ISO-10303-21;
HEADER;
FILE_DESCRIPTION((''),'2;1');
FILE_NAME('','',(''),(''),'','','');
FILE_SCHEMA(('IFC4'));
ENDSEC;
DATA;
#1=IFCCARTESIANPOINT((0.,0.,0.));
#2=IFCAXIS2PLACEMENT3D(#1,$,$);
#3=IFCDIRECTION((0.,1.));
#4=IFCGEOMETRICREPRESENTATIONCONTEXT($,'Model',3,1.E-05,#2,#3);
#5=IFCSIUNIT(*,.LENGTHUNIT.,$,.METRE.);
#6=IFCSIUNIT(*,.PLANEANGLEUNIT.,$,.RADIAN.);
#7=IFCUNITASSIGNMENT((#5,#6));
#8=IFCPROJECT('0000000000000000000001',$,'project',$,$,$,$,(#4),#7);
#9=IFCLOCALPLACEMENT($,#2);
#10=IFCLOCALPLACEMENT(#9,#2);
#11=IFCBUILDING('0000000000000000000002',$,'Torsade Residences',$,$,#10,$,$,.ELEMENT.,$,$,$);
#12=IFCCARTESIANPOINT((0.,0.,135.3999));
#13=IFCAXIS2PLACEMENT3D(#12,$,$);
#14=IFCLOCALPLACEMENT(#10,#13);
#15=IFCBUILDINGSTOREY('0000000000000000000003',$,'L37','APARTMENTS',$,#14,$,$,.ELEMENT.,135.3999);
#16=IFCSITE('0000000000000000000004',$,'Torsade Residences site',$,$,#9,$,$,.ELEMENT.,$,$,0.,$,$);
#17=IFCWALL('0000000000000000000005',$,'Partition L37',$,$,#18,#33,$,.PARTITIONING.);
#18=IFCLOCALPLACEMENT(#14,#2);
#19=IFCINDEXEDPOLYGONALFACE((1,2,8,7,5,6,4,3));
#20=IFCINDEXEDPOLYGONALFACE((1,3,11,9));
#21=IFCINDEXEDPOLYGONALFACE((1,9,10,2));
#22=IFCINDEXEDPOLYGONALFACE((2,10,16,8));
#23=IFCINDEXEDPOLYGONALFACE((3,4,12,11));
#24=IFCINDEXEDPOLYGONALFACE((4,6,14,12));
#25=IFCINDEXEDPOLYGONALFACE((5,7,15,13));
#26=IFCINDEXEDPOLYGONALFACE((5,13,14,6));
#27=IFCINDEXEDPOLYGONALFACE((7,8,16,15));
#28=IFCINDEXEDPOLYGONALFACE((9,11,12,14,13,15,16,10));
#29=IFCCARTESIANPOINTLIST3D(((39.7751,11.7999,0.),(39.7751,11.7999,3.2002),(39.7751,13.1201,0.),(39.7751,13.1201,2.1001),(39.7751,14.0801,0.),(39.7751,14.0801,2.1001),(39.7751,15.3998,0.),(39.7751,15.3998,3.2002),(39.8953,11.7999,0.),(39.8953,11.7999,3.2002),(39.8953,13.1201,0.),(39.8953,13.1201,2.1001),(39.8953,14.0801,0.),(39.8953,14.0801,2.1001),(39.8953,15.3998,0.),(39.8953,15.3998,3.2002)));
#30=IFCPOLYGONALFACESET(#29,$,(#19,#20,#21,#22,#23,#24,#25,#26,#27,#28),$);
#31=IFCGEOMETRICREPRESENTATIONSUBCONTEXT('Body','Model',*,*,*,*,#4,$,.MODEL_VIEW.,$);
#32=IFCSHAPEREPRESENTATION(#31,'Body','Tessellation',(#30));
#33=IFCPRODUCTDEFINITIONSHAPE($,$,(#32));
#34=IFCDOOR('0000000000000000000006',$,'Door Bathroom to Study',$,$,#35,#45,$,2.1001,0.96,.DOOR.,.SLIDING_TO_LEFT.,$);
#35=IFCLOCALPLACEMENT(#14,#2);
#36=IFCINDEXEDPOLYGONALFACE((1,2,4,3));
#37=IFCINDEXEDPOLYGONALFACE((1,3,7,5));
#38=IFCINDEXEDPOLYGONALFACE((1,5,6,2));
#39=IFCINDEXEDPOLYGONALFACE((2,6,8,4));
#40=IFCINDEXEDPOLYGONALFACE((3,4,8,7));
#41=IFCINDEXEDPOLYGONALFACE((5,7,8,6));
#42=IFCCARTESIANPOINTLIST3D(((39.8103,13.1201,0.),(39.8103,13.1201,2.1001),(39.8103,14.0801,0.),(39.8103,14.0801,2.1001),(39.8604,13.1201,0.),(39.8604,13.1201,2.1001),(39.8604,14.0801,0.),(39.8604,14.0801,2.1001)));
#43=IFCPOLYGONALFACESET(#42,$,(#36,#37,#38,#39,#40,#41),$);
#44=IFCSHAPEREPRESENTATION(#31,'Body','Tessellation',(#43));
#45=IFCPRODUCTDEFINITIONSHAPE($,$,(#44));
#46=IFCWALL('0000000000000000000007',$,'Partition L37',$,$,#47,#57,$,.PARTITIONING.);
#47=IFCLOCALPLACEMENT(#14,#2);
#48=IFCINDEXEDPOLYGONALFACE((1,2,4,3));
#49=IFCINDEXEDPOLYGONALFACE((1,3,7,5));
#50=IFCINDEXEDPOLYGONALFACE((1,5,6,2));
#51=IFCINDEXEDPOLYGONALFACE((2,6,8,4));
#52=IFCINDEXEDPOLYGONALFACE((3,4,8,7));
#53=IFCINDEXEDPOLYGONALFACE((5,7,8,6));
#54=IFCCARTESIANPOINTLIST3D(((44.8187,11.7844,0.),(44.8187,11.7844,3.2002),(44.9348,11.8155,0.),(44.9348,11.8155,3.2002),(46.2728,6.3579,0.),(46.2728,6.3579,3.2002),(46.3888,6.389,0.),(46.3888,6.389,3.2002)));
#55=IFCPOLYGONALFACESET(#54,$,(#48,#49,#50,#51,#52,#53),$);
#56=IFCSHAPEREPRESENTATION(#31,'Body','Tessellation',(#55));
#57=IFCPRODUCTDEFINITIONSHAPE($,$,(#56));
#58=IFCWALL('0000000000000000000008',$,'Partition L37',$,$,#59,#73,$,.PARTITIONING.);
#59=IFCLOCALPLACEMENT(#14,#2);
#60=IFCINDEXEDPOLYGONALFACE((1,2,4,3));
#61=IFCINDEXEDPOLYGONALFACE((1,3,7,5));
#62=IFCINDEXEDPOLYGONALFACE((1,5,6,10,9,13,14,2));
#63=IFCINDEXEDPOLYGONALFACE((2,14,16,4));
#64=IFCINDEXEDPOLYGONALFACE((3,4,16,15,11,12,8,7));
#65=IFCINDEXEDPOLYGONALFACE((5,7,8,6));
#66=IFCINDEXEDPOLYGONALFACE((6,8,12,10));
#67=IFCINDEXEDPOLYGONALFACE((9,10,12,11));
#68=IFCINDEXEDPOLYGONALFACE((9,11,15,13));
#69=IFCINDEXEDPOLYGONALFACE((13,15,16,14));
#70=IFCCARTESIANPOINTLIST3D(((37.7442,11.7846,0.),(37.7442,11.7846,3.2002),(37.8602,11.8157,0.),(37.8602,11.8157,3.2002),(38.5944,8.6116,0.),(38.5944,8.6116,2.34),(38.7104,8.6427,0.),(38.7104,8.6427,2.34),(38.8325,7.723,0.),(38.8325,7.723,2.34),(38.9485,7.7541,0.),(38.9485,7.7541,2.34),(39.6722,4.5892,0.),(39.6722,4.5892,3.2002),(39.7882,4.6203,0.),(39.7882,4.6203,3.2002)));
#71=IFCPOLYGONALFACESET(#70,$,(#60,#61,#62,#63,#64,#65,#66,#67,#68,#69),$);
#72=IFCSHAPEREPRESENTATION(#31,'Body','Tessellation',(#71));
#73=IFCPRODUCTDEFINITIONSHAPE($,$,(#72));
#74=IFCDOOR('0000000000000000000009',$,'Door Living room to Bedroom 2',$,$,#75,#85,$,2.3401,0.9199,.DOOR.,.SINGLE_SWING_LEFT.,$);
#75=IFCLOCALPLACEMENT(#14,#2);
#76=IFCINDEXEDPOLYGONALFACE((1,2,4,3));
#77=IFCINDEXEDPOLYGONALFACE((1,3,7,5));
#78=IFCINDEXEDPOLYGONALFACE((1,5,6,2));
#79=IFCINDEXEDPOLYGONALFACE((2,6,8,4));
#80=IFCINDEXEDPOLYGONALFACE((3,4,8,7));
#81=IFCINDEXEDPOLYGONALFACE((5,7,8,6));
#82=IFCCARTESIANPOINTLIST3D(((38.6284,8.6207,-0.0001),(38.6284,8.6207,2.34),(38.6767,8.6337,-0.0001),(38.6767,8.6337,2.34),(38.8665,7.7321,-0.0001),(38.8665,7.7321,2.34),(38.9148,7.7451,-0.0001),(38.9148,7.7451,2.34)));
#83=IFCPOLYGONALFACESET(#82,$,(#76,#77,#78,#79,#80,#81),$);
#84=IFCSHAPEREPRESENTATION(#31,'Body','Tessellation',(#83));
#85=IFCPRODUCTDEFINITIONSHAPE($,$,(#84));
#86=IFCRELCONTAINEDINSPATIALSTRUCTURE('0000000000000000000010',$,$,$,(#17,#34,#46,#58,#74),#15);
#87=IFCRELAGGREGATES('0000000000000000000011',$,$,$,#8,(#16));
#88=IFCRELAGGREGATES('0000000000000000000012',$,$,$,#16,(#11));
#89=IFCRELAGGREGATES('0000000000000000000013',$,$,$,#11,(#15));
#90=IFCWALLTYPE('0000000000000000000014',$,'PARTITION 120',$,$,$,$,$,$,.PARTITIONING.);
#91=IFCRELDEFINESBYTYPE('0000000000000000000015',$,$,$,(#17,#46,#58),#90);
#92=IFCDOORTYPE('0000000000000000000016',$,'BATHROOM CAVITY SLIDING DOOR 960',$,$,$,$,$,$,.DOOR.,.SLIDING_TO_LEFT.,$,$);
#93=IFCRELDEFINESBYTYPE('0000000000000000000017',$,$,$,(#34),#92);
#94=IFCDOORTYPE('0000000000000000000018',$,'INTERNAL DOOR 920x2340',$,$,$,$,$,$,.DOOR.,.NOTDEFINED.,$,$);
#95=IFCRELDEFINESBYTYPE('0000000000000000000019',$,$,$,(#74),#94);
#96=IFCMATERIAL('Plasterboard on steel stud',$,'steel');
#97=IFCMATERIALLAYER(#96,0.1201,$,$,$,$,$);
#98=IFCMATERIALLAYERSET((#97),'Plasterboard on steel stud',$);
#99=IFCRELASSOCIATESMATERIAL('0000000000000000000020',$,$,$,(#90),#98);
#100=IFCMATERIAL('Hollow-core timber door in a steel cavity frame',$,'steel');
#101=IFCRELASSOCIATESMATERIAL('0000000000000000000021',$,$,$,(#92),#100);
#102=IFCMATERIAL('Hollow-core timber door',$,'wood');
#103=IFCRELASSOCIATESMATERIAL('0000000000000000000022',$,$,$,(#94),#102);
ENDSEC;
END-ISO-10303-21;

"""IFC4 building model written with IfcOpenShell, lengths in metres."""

from ifc_helpers import new_model, si_unit, direction, frame, frame_2d, origin, place, context, subcontext, project, spatial, rectangle, extrude, material, layer, layer_set, type_object, element, fill, save


model = new_model("IFC4")

# Units and contexts
model_context = context("Model", 3, precision=1e-05, world=origin(), true_north=direction((0.0, 1.0)))
body_context = subcontext(model_context, "Body", "Model", "MODEL_VIEW")
ifc_project = project(units=[si_unit("LENGTHUNIT", "METRE"), si_unit("PLANEANGLEUNIT", "RADIAN")], contexts=[model_context])

# Site, building, storey
site_placement = place(None, origin())
site = spatial("IfcSite", under=ifc_project, at=site_placement, Name="Torsade Residences site", CompositionType="ELEMENT", RefElevation=0.0)
building_placement = place(site_placement, origin())
building = spatial("IfcBuilding", under=site, at=building_placement, Name="Torsade Residences", CompositionType="ELEMENT")
storey_placement = place(building_placement, frame((0.0, 0.0, 135.3999)))
storey = spatial("IfcBuildingStorey", under=building, at=storey_placement, Name="L37", Description="APARTMENTS", CompositionType="ELEMENT", Elevation=135.3999)

# Wall, opening, door
ifc_material_1 = material(Name="Plasterboard on steel stud", Category="steel")
ifc_layer_1 = layer(ifc_material_1, 0.1201)
ifc_layer_set_1 = layer_set([ifc_layer_1], Name="Plasterboard on steel stud")
wall_type = type_object("IfcWallType", Name="PARTITION 120", PredefinedType="PARTITIONING", material=ifc_layer_set_1)
wall_1_placement = place(storey_placement, frame((39.8352, 11.8, 0.0), z_axis=(0.0, 0.0, 1.0), x_axis=(0.0, 1.0, 0.0)))
wall_1 = element("IfcWall", 1, at=wall_1_placement, inside=storey, type_object=wall_type, Name="Partition L37", PredefinedType="PARTITIONING", context=body_context, shape_type="SweptSolid", body=[
    extrude(rectangle(XDim=3.5999, YDim=0.1201, at=frame_2d((1.7998, 0.0))), origin(), (0.0, 0.0, 1.0), 3.2002),
])
opening_1_placement = place(wall_1_placement, frame((1.3201, 0.0, 0.0)))
opening_1 = element("IfcOpeningElement", 2, at=opening_1_placement, cuts=wall_1, PredefinedType="OPENING", context=body_context, shape_type="SweptSolid", body=[
    extrude(rectangle(XDim=0.96, YDim=2.1001, at=frame_2d((0.48, 1.05))), frame((0.0, 0.0701, 0.0), z_axis=(0.0, -1.0, 0.0), x_axis=(1.0, 0.0, 0.0)), (0.0, 0.0, 1.0), 0.1401),
])
ifc_material_2 = material(Name="Hollow-core timber door in a steel cavity frame", Category="steel")
door_type_1 = type_object("IfcDoorType", Name="BATHROOM CAVITY SLIDING DOOR 960", OperationType="SLIDING_TO_LEFT", PredefinedType="DOOR", material=ifc_material_2)
door_1_placement = place(opening_1_placement, origin())
door_1 = element("IfcDoor", 3, at=door_1_placement, inside=storey, type_object=door_type_1, Name="Door Bathroom to Study", OperationType="SLIDING_TO_LEFT", OverallHeight=2.1001, OverallWidth=0.96, PredefinedType="DOOR", context=body_context, shape_type="SweptSolid", body=[
    extrude(rectangle(XDim=0.96, YDim=2.1001, at=frame_2d((0.48, 1.05))), frame((0.0, 0.0249, 0.0), z_axis=(0.0, -1.0, 0.0), x_axis=(1.0, 0.0, 0.0)), (0.0, 0.0, 1.0), 0.05),
])
fill(opening_1, door_1)

# Wall
wall_2_placement = place(storey_placement, frame((44.8767, 11.8, 0.0), z_axis=(0.0, 0.0, 1.0), x_axis=(0.258831, -0.965923, 0.0)))
element("IfcWall", 4, at=wall_2_placement, inside=storey, type_object=wall_type, Name="Partition L37", PredefinedType="PARTITIONING", context=body_context, shape_type="SweptSolid", body=[
    extrude(rectangle(XDim=5.6179, YDim=0.1201, at=frame_2d((2.8091, 0.0))), origin(), (0.0, 0.0, 1.0), 3.2002),
])

# Wall, opening, door
wall_3_placement = place(storey_placement, frame((39.7302, 4.6047, 0.0), z_axis=(0.0, 0.0, 1.0), x_axis=(-0.258819, 0.965926, 0.0)))
wall_3 = element("IfcWall", 5, at=wall_3_placement, inside=storey, type_object=wall_type, Name="Partition L37", PredefinedType="PARTITIONING", context=body_context, shape_type="SweptSolid", body=[
    extrude(rectangle(XDim=7.4492, YDim=0.1201, at=frame_2d((3.7246, 0.0))), origin(), (0.0, 0.0, 1.0), 3.2002),
])
opening_2_placement = place(wall_3_placement, frame((3.2444, 0.0, 0.0)))
opening_2 = element("IfcOpeningElement", 6, at=opening_2_placement, cuts=wall_3, PredefinedType="OPENING", context=body_context, shape_type="SweptSolid", body=[
    extrude(rectangle(XDim=0.9199, YDim=2.3401, at=frame_2d((0.46, 1.1699))), frame((0.0, 0.0701, 0.0), z_axis=(0.0, -1.0, 0.0), x_axis=(1.0, 0.0, 0.0)), (0.0, 0.0, 1.0), 0.1401),
])
ifc_material_3 = material(Name="Hollow-core timber door", Category="wood")
door_type_2 = type_object("IfcDoorType", Name="INTERNAL DOOR 920x2340", OperationType="NOTDEFINED", PredefinedType="DOOR", material=ifc_material_3)
door_2_placement = place(opening_2_placement, origin())
door_2 = element("IfcDoor", 7, at=door_2_placement, inside=storey, type_object=door_type_2, Name="Door Living room to Bedroom 2", OperationType="SINGLE_SWING_LEFT", OverallHeight=2.3401, OverallWidth=0.9199, PredefinedType="DOOR", context=body_context, shape_type="SweptSolid", body=[
    extrude(rectangle(XDim=0.9199, YDim=2.3401, at=frame_2d((0.46, 1.1699))), frame((0.0, 0.0249, 0.0), z_axis=(0.0, -1.0, 0.0), x_axis=(1.0, 0.0, 0.0)), (0.0, 0.0, 1.0), 0.05),
])
fill(opening_2, door_2)

save(model, "model.ifc")
